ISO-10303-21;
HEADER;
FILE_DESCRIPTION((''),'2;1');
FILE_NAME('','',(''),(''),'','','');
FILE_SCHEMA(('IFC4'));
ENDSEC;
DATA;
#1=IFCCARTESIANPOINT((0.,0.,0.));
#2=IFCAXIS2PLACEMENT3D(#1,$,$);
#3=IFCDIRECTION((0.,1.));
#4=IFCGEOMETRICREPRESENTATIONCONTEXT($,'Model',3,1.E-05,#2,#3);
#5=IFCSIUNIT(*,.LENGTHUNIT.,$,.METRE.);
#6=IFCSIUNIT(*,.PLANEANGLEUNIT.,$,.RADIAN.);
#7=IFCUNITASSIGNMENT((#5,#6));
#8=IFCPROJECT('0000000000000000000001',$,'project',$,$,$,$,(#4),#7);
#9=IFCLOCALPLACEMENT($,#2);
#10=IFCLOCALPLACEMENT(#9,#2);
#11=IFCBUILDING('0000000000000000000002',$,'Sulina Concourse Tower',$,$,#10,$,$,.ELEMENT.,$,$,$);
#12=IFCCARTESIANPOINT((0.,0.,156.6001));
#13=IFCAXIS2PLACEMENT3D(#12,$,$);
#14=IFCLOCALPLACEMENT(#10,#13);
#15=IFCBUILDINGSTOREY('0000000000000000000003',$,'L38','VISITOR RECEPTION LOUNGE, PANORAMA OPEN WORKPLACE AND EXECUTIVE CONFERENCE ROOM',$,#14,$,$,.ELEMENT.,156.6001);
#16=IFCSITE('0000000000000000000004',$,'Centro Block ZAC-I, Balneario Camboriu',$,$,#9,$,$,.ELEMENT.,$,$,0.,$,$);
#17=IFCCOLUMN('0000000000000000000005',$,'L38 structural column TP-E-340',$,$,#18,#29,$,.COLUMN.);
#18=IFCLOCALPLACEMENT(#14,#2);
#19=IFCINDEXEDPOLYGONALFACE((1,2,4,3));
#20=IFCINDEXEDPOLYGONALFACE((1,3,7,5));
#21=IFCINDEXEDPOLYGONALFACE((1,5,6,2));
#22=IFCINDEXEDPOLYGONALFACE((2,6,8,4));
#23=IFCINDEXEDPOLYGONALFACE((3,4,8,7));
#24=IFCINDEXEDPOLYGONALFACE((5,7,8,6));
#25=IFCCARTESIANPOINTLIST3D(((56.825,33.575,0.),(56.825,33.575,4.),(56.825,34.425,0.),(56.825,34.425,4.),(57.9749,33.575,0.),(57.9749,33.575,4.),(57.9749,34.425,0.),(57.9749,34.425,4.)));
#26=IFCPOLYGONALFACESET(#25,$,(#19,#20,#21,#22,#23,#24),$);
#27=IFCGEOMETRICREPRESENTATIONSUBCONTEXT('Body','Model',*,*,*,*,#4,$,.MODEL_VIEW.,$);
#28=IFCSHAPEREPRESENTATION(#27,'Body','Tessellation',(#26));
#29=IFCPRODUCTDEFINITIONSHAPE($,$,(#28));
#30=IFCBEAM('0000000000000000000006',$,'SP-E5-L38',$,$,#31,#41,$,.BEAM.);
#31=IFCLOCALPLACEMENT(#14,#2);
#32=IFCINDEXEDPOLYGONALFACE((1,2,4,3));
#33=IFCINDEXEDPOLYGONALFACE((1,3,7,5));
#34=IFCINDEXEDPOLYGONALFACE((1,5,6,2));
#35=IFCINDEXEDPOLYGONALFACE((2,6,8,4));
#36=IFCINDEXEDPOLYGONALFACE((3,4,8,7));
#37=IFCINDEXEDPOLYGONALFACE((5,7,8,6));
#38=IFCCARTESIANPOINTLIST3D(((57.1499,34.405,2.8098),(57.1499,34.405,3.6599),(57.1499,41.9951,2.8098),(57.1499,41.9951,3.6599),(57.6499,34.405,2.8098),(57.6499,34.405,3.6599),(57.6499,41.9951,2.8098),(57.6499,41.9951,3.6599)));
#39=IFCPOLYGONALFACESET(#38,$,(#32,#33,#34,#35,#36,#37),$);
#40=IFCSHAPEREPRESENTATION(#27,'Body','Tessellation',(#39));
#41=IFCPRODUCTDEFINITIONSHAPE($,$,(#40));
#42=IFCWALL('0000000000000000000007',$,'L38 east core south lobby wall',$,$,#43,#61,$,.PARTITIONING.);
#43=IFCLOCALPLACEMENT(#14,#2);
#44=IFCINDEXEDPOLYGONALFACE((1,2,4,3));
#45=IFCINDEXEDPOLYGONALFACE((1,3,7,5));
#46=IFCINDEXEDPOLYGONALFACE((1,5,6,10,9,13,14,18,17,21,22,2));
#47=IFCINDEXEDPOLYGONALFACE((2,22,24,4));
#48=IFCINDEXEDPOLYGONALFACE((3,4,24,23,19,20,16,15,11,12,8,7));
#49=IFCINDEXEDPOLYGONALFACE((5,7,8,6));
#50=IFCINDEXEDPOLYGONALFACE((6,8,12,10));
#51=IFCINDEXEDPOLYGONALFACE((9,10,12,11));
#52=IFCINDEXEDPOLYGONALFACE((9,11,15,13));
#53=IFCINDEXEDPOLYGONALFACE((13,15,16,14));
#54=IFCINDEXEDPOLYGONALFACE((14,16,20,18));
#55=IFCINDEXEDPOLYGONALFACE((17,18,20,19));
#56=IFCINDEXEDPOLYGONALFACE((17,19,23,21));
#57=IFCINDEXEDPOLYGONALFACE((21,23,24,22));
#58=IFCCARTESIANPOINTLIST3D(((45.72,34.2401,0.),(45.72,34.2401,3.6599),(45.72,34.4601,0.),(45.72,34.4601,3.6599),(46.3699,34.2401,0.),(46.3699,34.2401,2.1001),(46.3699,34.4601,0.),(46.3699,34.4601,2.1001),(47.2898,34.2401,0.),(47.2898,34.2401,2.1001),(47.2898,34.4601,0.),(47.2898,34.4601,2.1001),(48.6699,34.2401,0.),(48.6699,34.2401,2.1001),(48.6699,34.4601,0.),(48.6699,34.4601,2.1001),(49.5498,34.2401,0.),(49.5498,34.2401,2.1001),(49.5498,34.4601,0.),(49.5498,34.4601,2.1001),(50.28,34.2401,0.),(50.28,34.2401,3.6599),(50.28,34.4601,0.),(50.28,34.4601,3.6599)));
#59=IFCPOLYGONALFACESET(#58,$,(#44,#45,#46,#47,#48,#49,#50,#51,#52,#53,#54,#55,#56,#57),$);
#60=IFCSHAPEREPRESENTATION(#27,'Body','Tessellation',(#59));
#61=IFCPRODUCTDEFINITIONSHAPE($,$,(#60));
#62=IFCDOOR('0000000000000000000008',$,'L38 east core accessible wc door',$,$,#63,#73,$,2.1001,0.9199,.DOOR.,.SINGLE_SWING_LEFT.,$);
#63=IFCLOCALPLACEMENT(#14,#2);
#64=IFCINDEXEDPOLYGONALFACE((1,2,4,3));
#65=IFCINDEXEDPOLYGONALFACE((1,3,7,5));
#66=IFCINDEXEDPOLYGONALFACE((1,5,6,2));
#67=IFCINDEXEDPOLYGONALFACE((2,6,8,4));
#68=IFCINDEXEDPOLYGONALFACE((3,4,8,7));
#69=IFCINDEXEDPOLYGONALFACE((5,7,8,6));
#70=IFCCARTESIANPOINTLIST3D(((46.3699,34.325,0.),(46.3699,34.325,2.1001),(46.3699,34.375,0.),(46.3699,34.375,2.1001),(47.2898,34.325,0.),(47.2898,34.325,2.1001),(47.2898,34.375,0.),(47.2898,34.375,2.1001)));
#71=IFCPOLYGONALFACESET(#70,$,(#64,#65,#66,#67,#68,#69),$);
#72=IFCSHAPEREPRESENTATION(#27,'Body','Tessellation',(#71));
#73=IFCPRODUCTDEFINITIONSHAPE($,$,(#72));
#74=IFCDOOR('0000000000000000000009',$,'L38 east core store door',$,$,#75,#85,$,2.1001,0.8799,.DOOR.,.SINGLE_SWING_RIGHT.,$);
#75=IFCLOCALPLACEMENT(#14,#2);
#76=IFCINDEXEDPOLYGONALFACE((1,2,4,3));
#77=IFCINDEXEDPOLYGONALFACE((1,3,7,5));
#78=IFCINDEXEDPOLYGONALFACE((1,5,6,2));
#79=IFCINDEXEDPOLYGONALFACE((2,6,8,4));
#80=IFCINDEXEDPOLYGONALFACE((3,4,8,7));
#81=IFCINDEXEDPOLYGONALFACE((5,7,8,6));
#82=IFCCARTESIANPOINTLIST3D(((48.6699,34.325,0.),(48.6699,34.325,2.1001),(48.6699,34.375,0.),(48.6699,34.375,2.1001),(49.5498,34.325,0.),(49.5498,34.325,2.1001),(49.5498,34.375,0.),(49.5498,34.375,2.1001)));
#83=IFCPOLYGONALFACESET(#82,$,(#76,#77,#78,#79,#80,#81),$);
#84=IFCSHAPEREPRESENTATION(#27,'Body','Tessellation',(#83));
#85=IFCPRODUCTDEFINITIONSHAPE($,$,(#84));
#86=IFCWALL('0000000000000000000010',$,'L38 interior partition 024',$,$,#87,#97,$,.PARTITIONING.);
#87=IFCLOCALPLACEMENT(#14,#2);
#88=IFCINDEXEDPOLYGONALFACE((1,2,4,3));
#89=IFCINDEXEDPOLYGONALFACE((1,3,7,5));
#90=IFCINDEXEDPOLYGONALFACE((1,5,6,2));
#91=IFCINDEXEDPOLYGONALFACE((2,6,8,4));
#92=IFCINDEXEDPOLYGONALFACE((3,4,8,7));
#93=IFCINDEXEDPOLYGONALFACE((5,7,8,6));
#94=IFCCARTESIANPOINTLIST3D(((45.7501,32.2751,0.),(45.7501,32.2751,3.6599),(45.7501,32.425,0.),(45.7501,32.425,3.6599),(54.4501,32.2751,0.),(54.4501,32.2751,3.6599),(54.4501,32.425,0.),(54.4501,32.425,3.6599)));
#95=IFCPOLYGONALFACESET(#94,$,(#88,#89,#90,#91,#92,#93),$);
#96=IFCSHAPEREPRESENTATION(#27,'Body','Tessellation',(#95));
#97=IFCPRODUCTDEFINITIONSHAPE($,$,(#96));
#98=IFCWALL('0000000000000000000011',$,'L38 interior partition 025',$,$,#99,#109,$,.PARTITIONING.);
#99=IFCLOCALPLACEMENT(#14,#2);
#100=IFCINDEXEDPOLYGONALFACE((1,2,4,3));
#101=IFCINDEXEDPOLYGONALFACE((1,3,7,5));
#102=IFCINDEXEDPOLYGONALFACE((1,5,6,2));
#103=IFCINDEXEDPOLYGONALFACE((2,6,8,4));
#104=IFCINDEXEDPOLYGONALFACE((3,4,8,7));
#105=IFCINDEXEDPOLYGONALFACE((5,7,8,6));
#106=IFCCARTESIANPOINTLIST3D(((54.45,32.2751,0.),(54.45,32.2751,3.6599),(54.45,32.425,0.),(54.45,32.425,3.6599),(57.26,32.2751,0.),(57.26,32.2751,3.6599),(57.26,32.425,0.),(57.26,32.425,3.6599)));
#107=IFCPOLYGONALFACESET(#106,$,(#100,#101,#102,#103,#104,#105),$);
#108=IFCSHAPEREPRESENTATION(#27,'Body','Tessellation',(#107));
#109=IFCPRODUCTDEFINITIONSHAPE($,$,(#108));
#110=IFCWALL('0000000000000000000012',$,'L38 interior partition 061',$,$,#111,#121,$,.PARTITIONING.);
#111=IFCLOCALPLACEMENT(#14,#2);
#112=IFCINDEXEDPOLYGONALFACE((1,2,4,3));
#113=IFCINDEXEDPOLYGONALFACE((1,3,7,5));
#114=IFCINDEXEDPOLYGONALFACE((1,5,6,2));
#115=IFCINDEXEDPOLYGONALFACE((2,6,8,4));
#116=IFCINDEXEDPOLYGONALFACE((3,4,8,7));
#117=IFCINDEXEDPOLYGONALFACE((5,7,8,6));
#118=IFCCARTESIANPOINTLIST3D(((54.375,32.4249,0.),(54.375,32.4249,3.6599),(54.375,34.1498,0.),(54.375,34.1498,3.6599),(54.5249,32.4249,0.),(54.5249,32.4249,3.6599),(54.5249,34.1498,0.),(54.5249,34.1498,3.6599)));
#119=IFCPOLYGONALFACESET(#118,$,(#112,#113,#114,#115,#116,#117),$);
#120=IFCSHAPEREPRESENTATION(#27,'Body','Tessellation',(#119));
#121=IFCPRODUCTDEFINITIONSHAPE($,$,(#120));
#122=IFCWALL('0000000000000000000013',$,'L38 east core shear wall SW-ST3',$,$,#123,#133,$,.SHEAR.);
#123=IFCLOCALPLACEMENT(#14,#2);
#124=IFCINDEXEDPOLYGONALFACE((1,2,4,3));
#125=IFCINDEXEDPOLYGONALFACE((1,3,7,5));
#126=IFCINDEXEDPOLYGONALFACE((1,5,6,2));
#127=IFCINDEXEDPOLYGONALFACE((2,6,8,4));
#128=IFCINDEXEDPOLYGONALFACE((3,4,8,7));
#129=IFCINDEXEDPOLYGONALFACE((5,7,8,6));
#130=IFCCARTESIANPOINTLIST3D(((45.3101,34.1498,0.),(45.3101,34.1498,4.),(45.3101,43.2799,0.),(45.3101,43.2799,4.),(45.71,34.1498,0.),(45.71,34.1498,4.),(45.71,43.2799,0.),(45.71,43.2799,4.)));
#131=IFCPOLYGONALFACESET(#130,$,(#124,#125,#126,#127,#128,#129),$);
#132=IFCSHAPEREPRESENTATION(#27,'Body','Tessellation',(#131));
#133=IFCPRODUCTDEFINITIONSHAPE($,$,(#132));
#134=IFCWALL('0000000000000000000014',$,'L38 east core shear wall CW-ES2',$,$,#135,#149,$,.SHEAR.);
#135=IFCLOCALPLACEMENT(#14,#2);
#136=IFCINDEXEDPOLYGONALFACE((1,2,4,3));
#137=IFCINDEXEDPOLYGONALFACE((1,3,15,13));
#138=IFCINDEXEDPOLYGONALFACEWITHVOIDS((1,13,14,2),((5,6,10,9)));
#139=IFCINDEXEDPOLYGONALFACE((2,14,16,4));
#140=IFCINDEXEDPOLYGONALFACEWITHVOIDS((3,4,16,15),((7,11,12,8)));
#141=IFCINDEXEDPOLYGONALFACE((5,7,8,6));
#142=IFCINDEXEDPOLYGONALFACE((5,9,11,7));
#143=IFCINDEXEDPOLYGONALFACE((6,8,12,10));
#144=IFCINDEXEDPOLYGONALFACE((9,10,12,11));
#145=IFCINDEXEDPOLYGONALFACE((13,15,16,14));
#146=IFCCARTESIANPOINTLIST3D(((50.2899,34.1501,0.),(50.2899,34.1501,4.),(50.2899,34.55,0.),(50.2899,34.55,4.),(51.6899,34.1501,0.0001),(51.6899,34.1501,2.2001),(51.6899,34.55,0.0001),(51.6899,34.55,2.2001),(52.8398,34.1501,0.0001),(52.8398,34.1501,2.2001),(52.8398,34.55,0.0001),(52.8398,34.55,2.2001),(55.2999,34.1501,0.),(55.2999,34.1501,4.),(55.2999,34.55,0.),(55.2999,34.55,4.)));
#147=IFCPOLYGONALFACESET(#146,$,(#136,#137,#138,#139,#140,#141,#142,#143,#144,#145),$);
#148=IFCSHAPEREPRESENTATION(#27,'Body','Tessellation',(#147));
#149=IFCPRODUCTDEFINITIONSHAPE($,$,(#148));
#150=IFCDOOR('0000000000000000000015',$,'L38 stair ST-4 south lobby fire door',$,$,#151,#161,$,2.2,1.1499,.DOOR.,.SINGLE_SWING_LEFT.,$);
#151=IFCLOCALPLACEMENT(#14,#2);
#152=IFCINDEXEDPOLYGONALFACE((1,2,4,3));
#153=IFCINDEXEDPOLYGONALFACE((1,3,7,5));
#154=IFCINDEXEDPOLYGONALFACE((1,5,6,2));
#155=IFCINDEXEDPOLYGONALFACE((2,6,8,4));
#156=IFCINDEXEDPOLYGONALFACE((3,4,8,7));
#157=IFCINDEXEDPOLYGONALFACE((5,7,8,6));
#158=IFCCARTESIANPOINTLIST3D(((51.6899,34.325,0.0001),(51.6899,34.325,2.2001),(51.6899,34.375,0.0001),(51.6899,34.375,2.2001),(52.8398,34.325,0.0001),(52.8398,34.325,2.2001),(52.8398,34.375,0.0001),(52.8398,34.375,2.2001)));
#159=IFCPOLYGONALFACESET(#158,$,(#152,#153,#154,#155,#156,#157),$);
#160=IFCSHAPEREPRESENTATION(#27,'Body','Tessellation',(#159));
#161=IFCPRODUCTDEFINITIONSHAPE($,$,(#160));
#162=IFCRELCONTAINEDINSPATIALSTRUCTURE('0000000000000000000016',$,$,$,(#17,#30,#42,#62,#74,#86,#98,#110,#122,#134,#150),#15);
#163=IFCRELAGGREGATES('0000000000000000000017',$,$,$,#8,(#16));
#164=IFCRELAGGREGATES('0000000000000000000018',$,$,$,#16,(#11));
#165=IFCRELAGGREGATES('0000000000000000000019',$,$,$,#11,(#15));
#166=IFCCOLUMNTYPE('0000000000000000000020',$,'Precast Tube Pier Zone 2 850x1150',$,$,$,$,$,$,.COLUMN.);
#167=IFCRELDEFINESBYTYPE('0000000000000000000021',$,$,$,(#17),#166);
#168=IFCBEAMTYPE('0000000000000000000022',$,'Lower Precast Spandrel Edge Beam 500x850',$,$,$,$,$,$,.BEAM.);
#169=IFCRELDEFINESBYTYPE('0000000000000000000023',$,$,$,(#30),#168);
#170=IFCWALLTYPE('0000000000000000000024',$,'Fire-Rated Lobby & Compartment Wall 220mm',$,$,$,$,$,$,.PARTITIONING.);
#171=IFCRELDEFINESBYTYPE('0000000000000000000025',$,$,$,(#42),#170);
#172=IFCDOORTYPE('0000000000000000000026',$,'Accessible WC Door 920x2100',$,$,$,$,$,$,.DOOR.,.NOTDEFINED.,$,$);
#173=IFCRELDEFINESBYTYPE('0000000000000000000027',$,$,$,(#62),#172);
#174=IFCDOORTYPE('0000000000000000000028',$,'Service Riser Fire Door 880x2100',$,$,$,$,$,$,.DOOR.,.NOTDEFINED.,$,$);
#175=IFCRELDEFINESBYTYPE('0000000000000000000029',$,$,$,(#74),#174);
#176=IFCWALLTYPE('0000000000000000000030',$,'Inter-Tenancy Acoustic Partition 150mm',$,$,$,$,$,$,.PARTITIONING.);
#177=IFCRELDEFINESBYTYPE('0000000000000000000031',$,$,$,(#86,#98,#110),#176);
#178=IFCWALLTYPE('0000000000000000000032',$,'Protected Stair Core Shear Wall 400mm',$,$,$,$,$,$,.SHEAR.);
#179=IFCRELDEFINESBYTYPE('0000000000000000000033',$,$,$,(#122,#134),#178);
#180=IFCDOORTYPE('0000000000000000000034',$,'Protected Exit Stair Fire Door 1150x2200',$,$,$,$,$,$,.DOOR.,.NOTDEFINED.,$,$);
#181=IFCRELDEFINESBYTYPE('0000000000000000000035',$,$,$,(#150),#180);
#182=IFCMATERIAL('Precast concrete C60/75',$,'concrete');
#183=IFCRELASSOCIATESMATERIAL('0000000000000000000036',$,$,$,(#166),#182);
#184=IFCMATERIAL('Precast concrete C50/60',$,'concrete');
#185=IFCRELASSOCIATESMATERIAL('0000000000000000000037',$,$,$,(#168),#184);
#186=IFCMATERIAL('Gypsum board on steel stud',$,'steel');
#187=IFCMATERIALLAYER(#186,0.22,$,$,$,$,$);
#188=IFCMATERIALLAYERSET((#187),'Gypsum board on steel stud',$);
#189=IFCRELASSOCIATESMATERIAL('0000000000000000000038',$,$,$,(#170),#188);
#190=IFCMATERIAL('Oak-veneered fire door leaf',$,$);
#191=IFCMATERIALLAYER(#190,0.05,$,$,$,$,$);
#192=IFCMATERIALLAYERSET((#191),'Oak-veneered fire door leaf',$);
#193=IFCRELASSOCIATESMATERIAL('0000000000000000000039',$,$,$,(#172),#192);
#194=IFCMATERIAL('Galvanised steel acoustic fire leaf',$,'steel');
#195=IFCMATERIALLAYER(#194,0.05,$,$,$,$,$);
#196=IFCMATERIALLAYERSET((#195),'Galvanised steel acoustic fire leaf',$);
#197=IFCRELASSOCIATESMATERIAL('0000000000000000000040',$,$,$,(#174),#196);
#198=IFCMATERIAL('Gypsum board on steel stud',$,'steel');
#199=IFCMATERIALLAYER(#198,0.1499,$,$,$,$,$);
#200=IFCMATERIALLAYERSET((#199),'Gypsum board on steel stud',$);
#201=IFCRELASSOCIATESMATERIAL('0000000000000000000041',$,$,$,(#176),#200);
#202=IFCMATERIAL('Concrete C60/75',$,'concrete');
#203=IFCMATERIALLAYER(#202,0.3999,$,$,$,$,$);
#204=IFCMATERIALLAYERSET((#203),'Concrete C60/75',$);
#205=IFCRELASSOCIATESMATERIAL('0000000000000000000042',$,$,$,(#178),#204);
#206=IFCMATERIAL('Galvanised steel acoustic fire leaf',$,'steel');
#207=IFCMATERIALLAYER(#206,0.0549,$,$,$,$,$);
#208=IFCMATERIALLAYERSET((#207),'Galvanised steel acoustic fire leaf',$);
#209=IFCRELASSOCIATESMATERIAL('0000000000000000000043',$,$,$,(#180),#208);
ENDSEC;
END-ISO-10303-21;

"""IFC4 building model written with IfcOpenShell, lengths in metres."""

from ifc_helpers import new_model, si_unit, direction, frame, frame_2d, origin, origin_2d, place, context, subcontext, project, spatial, rectangle, extrude, material, layer, layer_set, material_profile, profile_set, type_object, element, fill, save


model = new_model("IFC4")

# Units and contexts
model_context = context("Model", 3, precision=1e-05, world=origin(), true_north=direction((0.0, 1.0)))
body_context = subcontext(model_context, "Body", "Model", "MODEL_VIEW")
ifc_project = project(units=[si_unit("LENGTHUNIT", "METRE"), si_unit("PLANEANGLEUNIT", "RADIAN")], contexts=[model_context])

# Site, building, storey
site_placement = place(None, origin())
site = spatial("IfcSite", under=ifc_project, at=site_placement, Name="Centro Block ZAC-I, Balneario Camboriu", CompositionType="ELEMENT", RefElevation=0.0)
building_placement = place(site_placement, origin())
building = spatial("IfcBuilding", under=site, at=building_placement, Name="Sulina Concourse Tower", CompositionType="ELEMENT")
storey_placement = place(building_placement, frame((0.0, 0.0, 156.6001)))
storey = spatial("IfcBuildingStorey", under=building, at=storey_placement, Name="L38", Description="VISITOR RECEPTION LOUNGE, PANORAMA OPEN WORKPLACE AND EXECUTIVE CONFERENCE ROOM", CompositionType="ELEMENT", Elevation=156.6001)

# Column
ifc_material_1 = material(Name="Precast concrete C60/75", Category="concrete")
ifc_material_profile_1 = material_profile(ifc_material_1, rectangle(XDim=0.8501, YDim=1.1499, at=origin_2d()), Name="PC 850x1150")
ifc_profile_set_1 = profile_set([ifc_material_profile_1], Name="Precast concrete C60/75")
column_type = type_object("IfcColumnType", Name="Precast Tube Pier Zone 2 850x1150", PredefinedType="COLUMN", material=ifc_profile_set_1)
column_placement = place(storey_placement, frame((57.3999, 34.0, 0.0), z_axis=(0.0, 0.0, 1.0), x_axis=(0.0, 1.0, 0.0)))
element("IfcColumn", 1, at=column_placement, inside=storey, type_object=column_type, Name="L38 structural column TP-E-340", PredefinedType="COLUMN", context=body_context, shape_type="SweptSolid", body=[
    extrude(rectangle(XDim=0.8501, YDim=1.1499, at=origin_2d()), origin(), (0.0, 0.0, 1.0), 4.0),
])

# Beam
ifc_material_2 = material(Name="Precast concrete C50/60", Category="concrete")
ifc_material_profile_2 = material_profile(ifc_material_2, rectangle(XDim=0.5, YDim=0.8501, at=origin_2d()), Name="RC 500x850")
ifc_profile_set_2 = profile_set([ifc_material_profile_2], Name="Precast concrete C50/60")
beam_type = type_object("IfcBeamType", Name="Lower Precast Spandrel Edge Beam 500x850", PredefinedType="BEAM", material=ifc_profile_set_2)
beam_placement = place(storey_placement, frame((57.3999, 34.405, 3.2349), z_axis=(0.0, 1.0, 0.0), x_axis=(-1.0, 0.0, 0.0)))
element("IfcBeam", 2, at=beam_placement, inside=storey, type_object=beam_type, Name="SP-E5-L38", PredefinedType="BEAM", context=body_context, shape_type="SweptSolid", body=[
    extrude(rectangle(XDim=0.5, YDim=0.8501, at=origin_2d()), origin(), (0.0, 0.0, 1.0), 7.5901),
])

# Wall, openings, doors
ifc_material_3 = material(Name="Gypsum board on steel stud", Category="steel")
ifc_layer_1 = layer(ifc_material_3, 0.22)
ifc_layer_set_1 = layer_set([ifc_layer_1], Name="Gypsum board on steel stud")
wall_type_1 = type_object("IfcWallType", Name="Fire-Rated Lobby & Compartment Wall 220mm", PredefinedType="PARTITIONING", material=ifc_layer_set_1)
wall_1_placement = place(storey_placement, frame((45.72, 34.3501, 0.0), z_axis=(0.0, 0.0, 1.0), x_axis=(1.0, 0.0, 0.0)))
wall_1 = element("IfcWall", 3, at=wall_1_placement, inside=storey, type_object=wall_type_1, Name="L38 east core south lobby wall", PredefinedType="PARTITIONING", context=body_context, shape_type="SweptSolid", body=[
    extrude(rectangle(XDim=4.5601, YDim=0.22, at=frame_2d((2.28, 0.0))), origin(), (0.0, 0.0, 1.0), 3.6599),
])
opening_1_placement = place(wall_1_placement, frame((0.6499, 0.0, 0.0)))
opening_1 = element("IfcOpeningElement", 4, at=opening_1_placement, cuts=wall_1, PredefinedType="OPENING", context=body_context, shape_type="SweptSolid", body=[
    extrude(rectangle(XDim=0.9199, YDim=2.1001, at=frame_2d((0.46, 1.05))), frame((0.0, 0.1199, 0.0), z_axis=(0.0, -1.0, 0.0), x_axis=(1.0, 0.0, 0.0)), (0.0, 0.0, 1.0), 0.24),
])
opening_2_placement = place(wall_1_placement, frame((2.95, 0.0, 0.0)))
opening_2 = element("IfcOpeningElement", 5, at=opening_2_placement, cuts=wall_1, PredefinedType="OPENING", context=body_context, shape_type="SweptSolid", body=[
    extrude(rectangle(XDim=0.8799, YDim=2.1001, at=frame_2d((0.4399, 1.05))), frame((0.0, 0.1199, 0.0), z_axis=(0.0, -1.0, 0.0), x_axis=(1.0, 0.0, 0.0)), (0.0, 0.0, 1.0), 0.24),
])
ifc_material_4 = material(Name="Oak-veneered fire door leaf")
ifc_layer_2 = layer(ifc_material_4, 0.05)
ifc_layer_set_2 = layer_set([ifc_layer_2], Name="Oak-veneered fire door leaf")
door_type_1 = type_object("IfcDoorType", Name="Accessible WC Door 920x2100", OperationType="NOTDEFINED", PredefinedType="DOOR", material=ifc_layer_set_2)
door_1_placement = place(opening_1_placement, origin())
door_1 = element("IfcDoor", 6, at=door_1_placement, inside=storey, type_object=door_type_1, Name="L38 east core accessible wc door", OperationType="SINGLE_SWING_LEFT", OverallHeight=2.1001, OverallWidth=0.9199, PredefinedType="DOOR", context=body_context, shape_type="SweptSolid", body=[
    extrude(rectangle(XDim=0.9199, YDim=2.1001, at=frame_2d((0.46, 1.05))), frame((0.0, 0.0249, 0.0), z_axis=(0.0, -1.0, 0.0), x_axis=(1.0, 0.0, 0.0)), (0.0, 0.0, 1.0), 0.05),
])
fill(opening_1, door_1)
ifc_material_5 = material(Name="Galvanised steel acoustic fire leaf", Category="steel")
ifc_layer_3 = layer(ifc_material_5, 0.05)
ifc_layer_set_3 = layer_set([ifc_layer_3], Name="Galvanised steel acoustic fire leaf")
door_type_2 = type_object("IfcDoorType", Name="Service Riser Fire Door 880x2100", OperationType="NOTDEFINED", PredefinedType="DOOR", material=ifc_layer_set_3)
door_2_placement = place(opening_2_placement, origin())
door_2 = element("IfcDoor", 7, at=door_2_placement, inside=storey, type_object=door_type_2, Name="L38 east core store door", OperationType="SINGLE_SWING_RIGHT", OverallHeight=2.1001, OverallWidth=0.8799, PredefinedType="DOOR", context=body_context, shape_type="SweptSolid", body=[
    extrude(rectangle(XDim=0.8799, YDim=2.1001, at=frame_2d((0.4399, 1.05))), frame((0.0, 0.0249, 0.0), z_axis=(0.0, -1.0, 0.0), x_axis=(1.0, 0.0, 0.0)), (0.0, 0.0, 1.0), 0.05),
])
fill(opening_2, door_2)

# Walls
ifc_material_6 = material(Name="Gypsum board on steel stud", Category="steel")
ifc_layer_4 = layer(ifc_material_6, 0.1499)
ifc_layer_set_4 = layer_set([ifc_layer_4], Name="Gypsum board on steel stud")
wall_type_2 = type_object("IfcWallType", Name="Inter-Tenancy Acoustic Partition 150mm", PredefinedType="PARTITIONING", material=ifc_layer_set_4)
wall_2_placement = place(storey_placement, frame((45.75, 32.3501, 0.0), z_axis=(0.0, 0.0, 1.0), x_axis=(1.0, 0.0, 0.0)))
element("IfcWall", 8, at=wall_2_placement, inside=storey, type_object=wall_type_2, Name="L38 interior partition 024", PredefinedType="PARTITIONING", context=body_context, shape_type="SweptSolid", body=[
    extrude(rectangle(XDim=8.7, YDim=0.1499, at=frame_2d((4.3501, 0.0))), origin(), (0.0, 0.0, 1.0), 3.6599),
])
wall_3_placement = place(storey_placement, frame((54.45, 32.3501, 0.0), z_axis=(0.0, 0.0, 1.0), x_axis=(1.0, 0.0, 0.0)))
element("IfcWall", 9, at=wall_3_placement, inside=storey, type_object=wall_type_2, Name="L38 interior partition 025", PredefinedType="PARTITIONING", context=body_context, shape_type="SweptSolid", body=[
    extrude(rectangle(XDim=2.8101, YDim=0.1499, at=frame_2d((1.405, 0.0))), origin(), (0.0, 0.0, 1.0), 3.6599),
])
wall_4_placement = place(storey_placement, frame((54.45, 32.425, 0.0), z_axis=(0.0, 0.0, 1.0), x_axis=(0.0, 1.0, 0.0)))
element("IfcWall", 10, at=wall_4_placement, inside=storey, type_object=wall_type_2, Name="L38 interior partition 061", PredefinedType="PARTITIONING", context=body_context, shape_type="SweptSolid", body=[
    extrude(rectangle(XDim=1.7249, YDim=0.1499, at=frame_2d((0.8623, 0.0))), origin(), (0.0, 0.0, 1.0), 3.6599),
])
ifc_material_7 = material(Name="Concrete C60/75", Category="concrete")
ifc_layer_5 = layer(ifc_material_7, 0.3999)
ifc_layer_set_5 = layer_set([ifc_layer_5], Name="Concrete C60/75")
wall_type_3 = type_object("IfcWallType", Name="Protected Stair Core Shear Wall 400mm", PredefinedType="SHEAR", material=ifc_layer_set_5)
wall_5_placement = place(storey_placement, frame((45.51, 34.1499, 0.0), z_axis=(0.0, 0.0, 1.0), x_axis=(0.0, 1.0, 0.0)))
element("IfcWall", 11, at=wall_5_placement, inside=storey, type_object=wall_type_3, Name="L38 east core shear wall SW-ST3", PredefinedType="SHEAR", context=body_context, shape_type="SweptSolid", body=[
    extrude(rectangle(XDim=9.1301, YDim=0.3999, at=frame_2d((4.5649, 0.0))), origin(), (0.0, 0.0, 1.0), 4.0),
])

# Wall, opening, door
wall_6_placement = place(storey_placement, frame((50.29, 34.3501, 0.0), z_axis=(0.0, 0.0, 1.0), x_axis=(1.0, 0.0, 0.0)))
wall_6 = element("IfcWall", 12, at=wall_6_placement, inside=storey, type_object=wall_type_3, Name="L38 east core shear wall CW-ES2", PredefinedType="SHEAR", context=body_context, shape_type="SweptSolid", body=[
    extrude(rectangle(XDim=5.01, YDim=0.3999, at=frame_2d((2.5049, 0.0))), origin(), (0.0, 0.0, 1.0), 4.0),
])
opening_3_placement = place(wall_6_placement, frame((1.3999, 0.0, 0.0)))
opening_3 = element("IfcOpeningElement", 13, at=opening_3_placement, cuts=wall_6, PredefinedType="OPENING", context=body_context, shape_type="SweptSolid", body=[
    extrude(rectangle(XDim=1.1499, YDim=2.2, at=frame_2d((0.575, 1.1001))), frame((0.0, 0.21, 0.0), z_axis=(0.0, -1.0, 0.0), x_axis=(1.0, 0.0, 0.0)), (0.0, 0.0, 1.0), 0.4199),
])
ifc_material_8 = material(Name="Galvanised steel acoustic fire leaf", Category="steel")
ifc_layer_6 = layer(ifc_material_8, 0.0549)
ifc_layer_set_6 = layer_set([ifc_layer_6], Name="Galvanised steel acoustic fire leaf")
door_type_3 = type_object("IfcDoorType", Name="Protected Exit Stair Fire Door 1150x2200", OperationType="NOTDEFINED", PredefinedType="DOOR", material=ifc_layer_set_6)
door_3_placement = place(opening_3_placement, origin())
door_3 = element("IfcDoor", 14, at=door_3_placement, inside=storey, type_object=door_type_3, Name="L38 stair ST-4 south lobby fire door", OperationType="SINGLE_SWING_LEFT", OverallHeight=2.2, OverallWidth=1.1499, PredefinedType="DOOR", context=body_context, shape_type="SweptSolid", body=[
    extrude(rectangle(XDim=1.1499, YDim=2.2, at=frame_2d((0.575, 1.1001))), frame((0.0, 0.0249, 0.0), z_axis=(0.0, -1.0, 0.0), x_axis=(1.0, 0.0, 0.0)), (0.0, 0.0, 1.0), 0.05),
])
fill(opening_3, door_3)

save(model, "model.ifc")
